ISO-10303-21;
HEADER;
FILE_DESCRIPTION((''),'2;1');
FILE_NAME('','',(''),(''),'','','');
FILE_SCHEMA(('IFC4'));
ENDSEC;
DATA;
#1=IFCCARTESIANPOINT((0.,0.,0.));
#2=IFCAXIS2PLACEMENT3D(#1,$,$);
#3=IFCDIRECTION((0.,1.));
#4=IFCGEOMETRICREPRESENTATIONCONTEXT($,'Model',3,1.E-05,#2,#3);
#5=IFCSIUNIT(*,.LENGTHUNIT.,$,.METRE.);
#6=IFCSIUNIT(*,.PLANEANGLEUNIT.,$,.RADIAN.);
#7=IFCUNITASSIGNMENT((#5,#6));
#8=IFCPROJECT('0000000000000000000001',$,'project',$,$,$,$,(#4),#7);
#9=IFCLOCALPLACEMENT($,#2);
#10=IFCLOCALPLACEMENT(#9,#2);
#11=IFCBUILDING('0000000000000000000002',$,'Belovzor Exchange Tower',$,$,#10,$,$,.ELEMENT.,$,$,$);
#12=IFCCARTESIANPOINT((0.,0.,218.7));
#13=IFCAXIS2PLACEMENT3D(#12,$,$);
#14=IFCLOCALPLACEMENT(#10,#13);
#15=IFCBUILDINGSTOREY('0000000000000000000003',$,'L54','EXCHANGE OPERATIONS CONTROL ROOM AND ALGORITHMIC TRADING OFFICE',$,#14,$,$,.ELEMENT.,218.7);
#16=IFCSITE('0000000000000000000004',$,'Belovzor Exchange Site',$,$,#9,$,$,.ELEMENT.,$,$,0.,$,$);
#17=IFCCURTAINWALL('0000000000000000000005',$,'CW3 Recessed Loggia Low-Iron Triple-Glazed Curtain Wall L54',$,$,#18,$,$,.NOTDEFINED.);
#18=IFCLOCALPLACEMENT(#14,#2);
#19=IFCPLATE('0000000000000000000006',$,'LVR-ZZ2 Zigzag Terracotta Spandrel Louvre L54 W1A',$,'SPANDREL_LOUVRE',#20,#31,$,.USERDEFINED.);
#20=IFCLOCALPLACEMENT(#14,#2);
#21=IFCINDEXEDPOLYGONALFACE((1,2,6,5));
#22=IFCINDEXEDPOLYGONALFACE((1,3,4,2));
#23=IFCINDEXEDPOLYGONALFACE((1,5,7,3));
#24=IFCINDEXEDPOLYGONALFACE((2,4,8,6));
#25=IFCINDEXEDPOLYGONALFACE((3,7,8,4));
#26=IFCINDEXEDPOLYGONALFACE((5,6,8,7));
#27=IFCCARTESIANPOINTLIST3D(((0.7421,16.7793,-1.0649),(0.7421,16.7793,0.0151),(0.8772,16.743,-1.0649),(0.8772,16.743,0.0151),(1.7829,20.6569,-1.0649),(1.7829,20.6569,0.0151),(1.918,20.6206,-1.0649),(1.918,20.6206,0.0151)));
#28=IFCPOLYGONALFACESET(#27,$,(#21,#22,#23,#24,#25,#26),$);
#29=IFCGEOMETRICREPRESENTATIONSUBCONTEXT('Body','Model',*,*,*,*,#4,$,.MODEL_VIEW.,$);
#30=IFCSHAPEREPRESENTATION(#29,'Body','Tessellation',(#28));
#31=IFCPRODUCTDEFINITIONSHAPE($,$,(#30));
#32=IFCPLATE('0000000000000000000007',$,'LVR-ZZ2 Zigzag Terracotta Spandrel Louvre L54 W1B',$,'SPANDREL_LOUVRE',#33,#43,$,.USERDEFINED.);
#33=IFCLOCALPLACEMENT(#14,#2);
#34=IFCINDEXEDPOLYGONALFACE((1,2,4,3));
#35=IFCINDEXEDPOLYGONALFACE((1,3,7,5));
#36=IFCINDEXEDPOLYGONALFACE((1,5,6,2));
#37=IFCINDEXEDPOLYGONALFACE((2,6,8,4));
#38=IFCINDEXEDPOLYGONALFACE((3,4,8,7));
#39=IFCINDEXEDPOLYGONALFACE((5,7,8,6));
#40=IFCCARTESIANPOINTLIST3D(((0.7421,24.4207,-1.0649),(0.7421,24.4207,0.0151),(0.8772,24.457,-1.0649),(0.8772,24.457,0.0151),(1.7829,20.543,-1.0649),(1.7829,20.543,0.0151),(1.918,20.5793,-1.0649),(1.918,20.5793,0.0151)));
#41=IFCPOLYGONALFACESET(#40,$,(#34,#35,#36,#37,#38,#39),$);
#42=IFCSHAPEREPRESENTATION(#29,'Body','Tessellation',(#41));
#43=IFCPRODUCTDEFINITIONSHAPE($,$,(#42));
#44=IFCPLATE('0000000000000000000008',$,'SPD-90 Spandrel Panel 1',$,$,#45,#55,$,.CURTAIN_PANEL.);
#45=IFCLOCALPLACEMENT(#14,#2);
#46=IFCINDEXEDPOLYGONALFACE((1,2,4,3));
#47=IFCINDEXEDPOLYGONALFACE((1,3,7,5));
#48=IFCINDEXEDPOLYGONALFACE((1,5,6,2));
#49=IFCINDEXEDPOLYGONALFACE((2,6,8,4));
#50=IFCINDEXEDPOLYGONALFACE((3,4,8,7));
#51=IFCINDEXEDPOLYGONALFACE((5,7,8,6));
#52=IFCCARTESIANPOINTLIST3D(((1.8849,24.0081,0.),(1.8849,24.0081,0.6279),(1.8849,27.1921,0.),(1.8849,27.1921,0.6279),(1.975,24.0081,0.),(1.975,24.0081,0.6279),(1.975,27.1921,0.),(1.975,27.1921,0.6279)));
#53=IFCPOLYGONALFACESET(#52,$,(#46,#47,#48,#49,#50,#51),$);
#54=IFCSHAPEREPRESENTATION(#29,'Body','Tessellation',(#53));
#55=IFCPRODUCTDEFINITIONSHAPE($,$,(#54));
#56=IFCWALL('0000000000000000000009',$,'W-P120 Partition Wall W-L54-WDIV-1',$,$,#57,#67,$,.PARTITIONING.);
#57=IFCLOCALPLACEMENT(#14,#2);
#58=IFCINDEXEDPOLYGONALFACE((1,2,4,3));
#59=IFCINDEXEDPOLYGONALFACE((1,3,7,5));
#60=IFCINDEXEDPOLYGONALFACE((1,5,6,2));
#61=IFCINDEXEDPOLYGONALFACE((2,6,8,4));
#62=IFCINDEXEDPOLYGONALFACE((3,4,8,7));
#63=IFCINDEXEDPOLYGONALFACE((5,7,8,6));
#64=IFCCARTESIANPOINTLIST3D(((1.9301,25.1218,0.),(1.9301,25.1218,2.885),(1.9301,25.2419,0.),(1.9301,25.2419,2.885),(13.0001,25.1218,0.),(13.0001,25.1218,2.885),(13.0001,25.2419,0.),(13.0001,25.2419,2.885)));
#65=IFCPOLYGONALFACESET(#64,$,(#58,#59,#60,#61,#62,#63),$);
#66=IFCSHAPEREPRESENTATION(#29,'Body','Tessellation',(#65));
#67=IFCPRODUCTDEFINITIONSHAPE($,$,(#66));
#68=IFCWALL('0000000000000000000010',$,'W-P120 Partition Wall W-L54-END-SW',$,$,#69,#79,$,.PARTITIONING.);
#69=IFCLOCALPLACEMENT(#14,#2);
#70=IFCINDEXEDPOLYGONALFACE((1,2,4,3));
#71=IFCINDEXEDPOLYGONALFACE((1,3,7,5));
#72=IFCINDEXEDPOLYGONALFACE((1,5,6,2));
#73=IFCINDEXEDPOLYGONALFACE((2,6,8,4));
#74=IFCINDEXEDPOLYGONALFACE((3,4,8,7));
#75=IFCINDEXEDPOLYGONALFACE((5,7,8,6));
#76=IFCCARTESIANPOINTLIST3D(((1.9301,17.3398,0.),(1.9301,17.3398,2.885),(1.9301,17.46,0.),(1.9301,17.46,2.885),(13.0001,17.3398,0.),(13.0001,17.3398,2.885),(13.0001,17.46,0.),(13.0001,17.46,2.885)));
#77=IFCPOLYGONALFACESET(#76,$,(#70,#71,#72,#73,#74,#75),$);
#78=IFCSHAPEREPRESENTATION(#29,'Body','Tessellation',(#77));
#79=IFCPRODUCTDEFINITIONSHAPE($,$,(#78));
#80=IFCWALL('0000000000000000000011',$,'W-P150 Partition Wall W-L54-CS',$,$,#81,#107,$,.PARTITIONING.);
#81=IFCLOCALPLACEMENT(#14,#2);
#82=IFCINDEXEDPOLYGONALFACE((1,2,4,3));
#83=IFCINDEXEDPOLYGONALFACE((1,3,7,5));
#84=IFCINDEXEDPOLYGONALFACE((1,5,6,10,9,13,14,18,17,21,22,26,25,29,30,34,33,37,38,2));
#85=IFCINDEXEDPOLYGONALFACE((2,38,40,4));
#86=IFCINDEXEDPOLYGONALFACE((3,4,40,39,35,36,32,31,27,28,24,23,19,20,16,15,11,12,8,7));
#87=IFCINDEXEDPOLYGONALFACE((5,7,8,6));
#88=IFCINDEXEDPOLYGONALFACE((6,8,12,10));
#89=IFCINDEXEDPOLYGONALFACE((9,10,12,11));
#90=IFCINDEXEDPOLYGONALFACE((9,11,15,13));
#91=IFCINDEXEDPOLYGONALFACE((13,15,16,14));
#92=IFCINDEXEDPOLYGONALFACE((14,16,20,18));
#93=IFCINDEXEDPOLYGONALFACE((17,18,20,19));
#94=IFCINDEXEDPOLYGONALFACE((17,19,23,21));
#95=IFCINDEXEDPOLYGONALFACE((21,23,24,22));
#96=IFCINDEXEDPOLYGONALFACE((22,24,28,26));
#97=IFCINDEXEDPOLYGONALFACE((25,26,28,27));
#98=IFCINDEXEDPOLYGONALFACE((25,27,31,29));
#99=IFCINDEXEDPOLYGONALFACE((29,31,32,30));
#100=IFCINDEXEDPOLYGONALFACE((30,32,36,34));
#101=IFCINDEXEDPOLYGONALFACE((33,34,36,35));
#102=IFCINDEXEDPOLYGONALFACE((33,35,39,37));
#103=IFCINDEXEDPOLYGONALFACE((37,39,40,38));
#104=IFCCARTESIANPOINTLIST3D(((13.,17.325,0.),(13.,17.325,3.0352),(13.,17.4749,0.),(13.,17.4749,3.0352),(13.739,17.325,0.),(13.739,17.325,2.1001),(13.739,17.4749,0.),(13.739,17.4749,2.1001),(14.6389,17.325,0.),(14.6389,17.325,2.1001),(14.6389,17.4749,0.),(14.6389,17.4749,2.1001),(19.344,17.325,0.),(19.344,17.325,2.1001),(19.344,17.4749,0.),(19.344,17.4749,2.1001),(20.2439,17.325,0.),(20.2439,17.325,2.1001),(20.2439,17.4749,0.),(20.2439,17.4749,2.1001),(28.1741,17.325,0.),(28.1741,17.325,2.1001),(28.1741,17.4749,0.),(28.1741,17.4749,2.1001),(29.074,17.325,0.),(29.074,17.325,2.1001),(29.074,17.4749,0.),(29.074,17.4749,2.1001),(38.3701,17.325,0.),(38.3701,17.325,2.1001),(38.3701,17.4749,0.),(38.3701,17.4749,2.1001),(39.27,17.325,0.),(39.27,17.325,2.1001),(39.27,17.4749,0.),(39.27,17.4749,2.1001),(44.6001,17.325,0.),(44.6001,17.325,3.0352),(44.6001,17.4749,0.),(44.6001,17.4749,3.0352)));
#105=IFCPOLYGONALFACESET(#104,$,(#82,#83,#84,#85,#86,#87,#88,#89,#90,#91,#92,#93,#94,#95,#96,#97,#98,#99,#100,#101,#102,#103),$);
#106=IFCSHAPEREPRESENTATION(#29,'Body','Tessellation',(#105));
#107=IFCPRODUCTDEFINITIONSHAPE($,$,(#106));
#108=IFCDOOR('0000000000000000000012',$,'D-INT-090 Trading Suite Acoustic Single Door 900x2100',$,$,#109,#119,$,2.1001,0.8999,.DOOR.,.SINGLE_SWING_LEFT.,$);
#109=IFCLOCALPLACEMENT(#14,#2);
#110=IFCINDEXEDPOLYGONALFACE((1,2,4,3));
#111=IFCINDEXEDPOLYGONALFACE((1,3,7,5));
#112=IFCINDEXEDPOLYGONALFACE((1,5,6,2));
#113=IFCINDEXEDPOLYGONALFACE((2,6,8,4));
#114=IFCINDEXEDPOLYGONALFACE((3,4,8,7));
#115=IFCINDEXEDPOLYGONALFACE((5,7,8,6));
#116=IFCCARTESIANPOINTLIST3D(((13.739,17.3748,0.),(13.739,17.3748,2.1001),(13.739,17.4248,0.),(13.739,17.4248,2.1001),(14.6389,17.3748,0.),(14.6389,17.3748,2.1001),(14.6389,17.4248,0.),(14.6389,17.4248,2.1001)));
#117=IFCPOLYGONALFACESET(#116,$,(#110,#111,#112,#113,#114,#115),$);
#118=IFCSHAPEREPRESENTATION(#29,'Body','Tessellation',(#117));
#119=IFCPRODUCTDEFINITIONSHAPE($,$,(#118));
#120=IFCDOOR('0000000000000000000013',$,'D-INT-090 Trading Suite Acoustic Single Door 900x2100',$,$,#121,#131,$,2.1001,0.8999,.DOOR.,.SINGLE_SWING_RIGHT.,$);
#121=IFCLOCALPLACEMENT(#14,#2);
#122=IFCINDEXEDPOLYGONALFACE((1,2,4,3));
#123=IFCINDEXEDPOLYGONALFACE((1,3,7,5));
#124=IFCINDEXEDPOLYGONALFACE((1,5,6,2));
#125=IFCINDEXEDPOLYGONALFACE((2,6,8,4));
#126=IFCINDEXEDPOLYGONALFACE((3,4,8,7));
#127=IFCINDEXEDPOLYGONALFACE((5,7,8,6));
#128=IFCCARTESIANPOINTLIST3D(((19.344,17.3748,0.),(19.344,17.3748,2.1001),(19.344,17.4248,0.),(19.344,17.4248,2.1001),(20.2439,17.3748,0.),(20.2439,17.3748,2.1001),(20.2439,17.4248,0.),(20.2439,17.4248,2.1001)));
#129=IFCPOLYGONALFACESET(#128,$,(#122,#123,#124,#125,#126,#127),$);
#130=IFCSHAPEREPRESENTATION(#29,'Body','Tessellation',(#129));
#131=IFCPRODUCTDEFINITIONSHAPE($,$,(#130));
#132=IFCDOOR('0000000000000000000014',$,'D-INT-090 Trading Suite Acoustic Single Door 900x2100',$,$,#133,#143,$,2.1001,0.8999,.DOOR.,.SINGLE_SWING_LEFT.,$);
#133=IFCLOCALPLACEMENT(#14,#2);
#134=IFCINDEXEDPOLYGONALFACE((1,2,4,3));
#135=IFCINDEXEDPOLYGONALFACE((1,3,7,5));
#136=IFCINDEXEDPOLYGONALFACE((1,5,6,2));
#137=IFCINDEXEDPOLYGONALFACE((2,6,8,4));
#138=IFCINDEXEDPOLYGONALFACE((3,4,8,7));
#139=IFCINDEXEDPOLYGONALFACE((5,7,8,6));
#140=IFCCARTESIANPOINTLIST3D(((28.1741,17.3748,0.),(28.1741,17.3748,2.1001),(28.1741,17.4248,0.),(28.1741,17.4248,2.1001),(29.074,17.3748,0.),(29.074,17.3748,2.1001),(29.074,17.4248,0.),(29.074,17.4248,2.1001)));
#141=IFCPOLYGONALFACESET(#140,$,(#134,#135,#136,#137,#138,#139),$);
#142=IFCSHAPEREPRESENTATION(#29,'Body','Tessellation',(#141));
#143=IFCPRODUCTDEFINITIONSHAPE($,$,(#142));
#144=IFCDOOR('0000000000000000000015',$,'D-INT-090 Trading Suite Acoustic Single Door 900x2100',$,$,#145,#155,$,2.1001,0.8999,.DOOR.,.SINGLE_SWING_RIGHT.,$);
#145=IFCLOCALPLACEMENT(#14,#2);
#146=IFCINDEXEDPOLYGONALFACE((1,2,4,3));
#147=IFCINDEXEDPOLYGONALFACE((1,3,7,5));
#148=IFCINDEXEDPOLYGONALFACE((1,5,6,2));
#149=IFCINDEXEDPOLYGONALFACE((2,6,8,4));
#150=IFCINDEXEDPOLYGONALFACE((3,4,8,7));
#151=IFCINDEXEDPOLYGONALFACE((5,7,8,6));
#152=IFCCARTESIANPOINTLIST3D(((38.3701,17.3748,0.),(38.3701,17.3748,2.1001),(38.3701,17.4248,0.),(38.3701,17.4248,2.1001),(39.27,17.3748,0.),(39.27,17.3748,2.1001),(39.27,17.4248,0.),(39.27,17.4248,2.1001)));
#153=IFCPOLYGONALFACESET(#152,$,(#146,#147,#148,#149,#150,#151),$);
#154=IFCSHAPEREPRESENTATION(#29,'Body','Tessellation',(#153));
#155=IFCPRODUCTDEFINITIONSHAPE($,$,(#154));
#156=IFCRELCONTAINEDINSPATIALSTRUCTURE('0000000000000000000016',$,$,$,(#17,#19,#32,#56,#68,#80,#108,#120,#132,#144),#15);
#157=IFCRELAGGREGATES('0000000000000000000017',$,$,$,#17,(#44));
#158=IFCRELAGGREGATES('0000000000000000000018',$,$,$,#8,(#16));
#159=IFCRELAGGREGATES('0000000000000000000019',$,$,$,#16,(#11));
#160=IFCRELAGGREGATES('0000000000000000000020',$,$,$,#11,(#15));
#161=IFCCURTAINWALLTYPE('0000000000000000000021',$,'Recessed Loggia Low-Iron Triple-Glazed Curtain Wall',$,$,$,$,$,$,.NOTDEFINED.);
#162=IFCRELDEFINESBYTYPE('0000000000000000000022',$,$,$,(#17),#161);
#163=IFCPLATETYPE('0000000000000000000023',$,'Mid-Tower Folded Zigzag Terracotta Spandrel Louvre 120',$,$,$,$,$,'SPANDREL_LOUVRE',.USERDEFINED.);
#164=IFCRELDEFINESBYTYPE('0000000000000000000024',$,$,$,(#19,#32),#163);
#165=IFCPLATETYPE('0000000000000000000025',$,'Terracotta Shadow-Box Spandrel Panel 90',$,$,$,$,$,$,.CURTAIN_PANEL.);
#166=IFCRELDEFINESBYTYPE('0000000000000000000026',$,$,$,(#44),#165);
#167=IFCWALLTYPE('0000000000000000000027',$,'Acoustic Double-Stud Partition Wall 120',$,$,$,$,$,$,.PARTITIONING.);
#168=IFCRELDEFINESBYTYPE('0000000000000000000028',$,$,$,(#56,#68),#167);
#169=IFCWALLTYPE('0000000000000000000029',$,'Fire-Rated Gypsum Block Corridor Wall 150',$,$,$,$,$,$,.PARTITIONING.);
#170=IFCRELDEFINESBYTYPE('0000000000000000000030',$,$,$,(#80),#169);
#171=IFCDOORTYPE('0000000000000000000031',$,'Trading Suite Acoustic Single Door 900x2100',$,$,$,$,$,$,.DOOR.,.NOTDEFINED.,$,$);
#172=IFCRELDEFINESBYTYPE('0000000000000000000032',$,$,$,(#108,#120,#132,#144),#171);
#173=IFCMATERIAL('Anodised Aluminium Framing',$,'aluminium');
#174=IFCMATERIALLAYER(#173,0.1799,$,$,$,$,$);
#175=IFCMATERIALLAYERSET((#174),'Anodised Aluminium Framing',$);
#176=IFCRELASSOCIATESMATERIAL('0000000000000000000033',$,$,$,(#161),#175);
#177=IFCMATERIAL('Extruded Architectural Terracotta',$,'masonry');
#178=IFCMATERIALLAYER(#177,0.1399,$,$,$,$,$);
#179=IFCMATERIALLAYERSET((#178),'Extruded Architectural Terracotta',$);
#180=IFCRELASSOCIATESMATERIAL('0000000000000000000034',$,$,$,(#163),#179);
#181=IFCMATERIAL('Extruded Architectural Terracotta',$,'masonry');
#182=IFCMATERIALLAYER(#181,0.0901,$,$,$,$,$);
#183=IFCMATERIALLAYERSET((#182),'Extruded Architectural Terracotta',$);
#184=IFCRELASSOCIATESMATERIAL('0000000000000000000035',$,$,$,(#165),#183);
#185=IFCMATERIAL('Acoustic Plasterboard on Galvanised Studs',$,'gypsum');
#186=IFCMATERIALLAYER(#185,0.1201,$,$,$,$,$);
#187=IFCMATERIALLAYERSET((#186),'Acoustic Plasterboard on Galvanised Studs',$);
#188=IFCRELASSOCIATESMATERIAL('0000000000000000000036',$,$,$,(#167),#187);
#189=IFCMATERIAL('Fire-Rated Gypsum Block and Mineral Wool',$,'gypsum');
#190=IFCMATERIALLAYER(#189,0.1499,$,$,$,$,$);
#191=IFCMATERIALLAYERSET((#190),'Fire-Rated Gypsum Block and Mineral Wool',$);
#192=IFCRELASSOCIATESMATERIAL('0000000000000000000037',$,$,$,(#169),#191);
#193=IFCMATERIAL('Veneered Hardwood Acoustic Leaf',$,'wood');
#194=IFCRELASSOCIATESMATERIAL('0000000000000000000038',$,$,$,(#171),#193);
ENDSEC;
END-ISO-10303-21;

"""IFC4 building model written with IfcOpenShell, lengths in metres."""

from ifc_helpers import new_model, si_unit, direction, frame, frame_2d, origin, origin_2d, place, context, subcontext, project, spatial, rectangle, extrude, material, layer, layer_set, type_object, element, fill, aggregate, save


model = new_model("IFC4")

# Units and contexts
model_context = context("Model", 3, precision=1e-05, world=origin(), true_north=direction((0.0, 1.0)))
body_context = subcontext(model_context, "Body", "Model", "MODEL_VIEW")
ifc_project = project(units=[si_unit("LENGTHUNIT", "METRE"), si_unit("PLANEANGLEUNIT", "RADIAN")], contexts=[model_context])

# Site, building, storey
site_placement = place(None, origin())
site = spatial("IfcSite", under=ifc_project, at=site_placement, Name="Belovzor Exchange Site", CompositionType="ELEMENT", RefElevation=0.0)
building_placement = place(site_placement, origin())
building = spatial("IfcBuilding", under=site, at=building_placement, Name="Belovzor Exchange Tower", CompositionType="ELEMENT")
storey_placement = place(building_placement, frame((0.0, 0.0, 218.7)))
storey = spatial("IfcBuildingStorey", under=building, at=storey_placement, Name="L54", Description="EXCHANGE OPERATIONS CONTROL ROOM AND ALGORITHMIC TRADING OFFICE", CompositionType="ELEMENT", Elevation=218.7)

# Curtain wall
ifc_material_1 = material(Name="Anodised Aluminium Framing", Category="aluminium")
ifc_layer_1 = layer(ifc_material_1, 0.1799)
ifc_layer_set_1 = layer_set([ifc_layer_1], Name="Anodised Aluminium Framing")
curtain_wall_type = type_object("IfcCurtainWallType", Name="Recessed Loggia Low-Iron Triple-Glazed Curtain Wall", PredefinedType="NOTDEFINED", material=ifc_layer_set_1)
curtain_wall_placement = place(storey_placement, origin())
curtain_wall = element("IfcCurtainWall", 1, at=curtain_wall_placement, inside=storey, type_object=curtain_wall_type, Name="CW3 Recessed Loggia Low-Iron Triple-Glazed Curtain Wall L54", PredefinedType="NOTDEFINED")

# Plates
ifc_material_2 = material(Name="Extruded Architectural Terracotta", Category="masonry")
ifc_layer_2 = layer(ifc_material_2, 0.1399)
ifc_layer_set_2 = layer_set([ifc_layer_2], Name="Extruded Architectural Terracotta")
plate_type_1 = type_object("IfcPlateType", Name="Mid-Tower Folded Zigzag Terracotta Spandrel Louvre 120", ElementType="SPANDREL_LOUVRE", PredefinedType="USERDEFINED", material=ifc_layer_set_2)
for number, where, z_axis, x_axis, name in (
    (2, (1.3301, 18.7, -1.0649), (0.0, 0.0, 1.0), (0.25924, 0.965813, 0.0), "LVR-ZZ2 Zigzag Terracotta Spandrel Louvre L54 W1A"),
    (3, (1.3301, 22.5, -1.0649), (0.0, 0.0, 1.0), (-0.25924, 0.965813, 0.0), "LVR-ZZ2 Zigzag Terracotta Spandrel Louvre L54 W1B"),
):
    element("IfcPlate", number, at=place(storey_placement, frame(where, z_axis=z_axis, x_axis=x_axis)), inside=storey, type_object=plate_type_1, Name=name, ObjectType="SPANDREL_LOUVRE", PredefinedType="USERDEFINED", context=body_context, shape_type="SweptSolid", body=[
        extrude(rectangle(XDim=4.0149, YDim=0.1399, at=origin_2d()), origin(), (0.0, 0.0, 1.0), 1.0801),
    ])

# Plate
ifc_material_3 = material(Name="Extruded Architectural Terracotta", Category="masonry")
ifc_layer_3 = layer(ifc_material_3, 0.0901)
ifc_layer_set_3 = layer_set([ifc_layer_3], Name="Extruded Architectural Terracotta")
plate_type_2 = type_object("IfcPlateType", Name="Terracotta Shadow-Box Spandrel Panel 90", PredefinedType="CURTAIN_PANEL", material=ifc_layer_set_3)
plate_1_placement = place(storey_placement, frame((1.9299, 25.6001, 0.0), z_axis=(0.0, 0.0, 1.0), x_axis=(0.0, 1.0, 0.0)))
plate_1 = element("IfcPlate", 4, at=plate_1_placement, type_object=plate_type_2, Name="SPD-90 Spandrel Panel 1", PredefinedType="CURTAIN_PANEL", context=body_context, shape_type="SweptSolid", body=[
    extrude(rectangle(XDim=3.1841, YDim=0.0901, at=origin_2d()), origin(), (0.0, 0.0, 1.0), 0.6279),
])
aggregate(curtain_wall, [plate_1])

# Walls
ifc_material_4 = material(Name="Acoustic Plasterboard on Galvanised Studs", Category="gypsum")
ifc_layer_4 = layer(ifc_material_4, 0.1201)
ifc_layer_set_4 = layer_set([ifc_layer_4], Name="Acoustic Plasterboard on Galvanised Studs")
wall_type_1 = type_object("IfcWallType", Name="Acoustic Double-Stud Partition Wall 120", PredefinedType="PARTITIONING", material=ifc_layer_set_4)
for number, where, z_axis, x_axis, name in (
    (5, (1.9299, 25.1819, 0.0), (0.0, 0.0, 1.0), (1.0, 0.0, 0.0), "W-P120 Partition Wall W-L54-WDIV-1"),
    (6, (1.9299, 17.3999, 0.0), (0.0, 0.0, 1.0), (1.0, 0.0, 0.0), "W-P120 Partition Wall W-L54-END-SW"),
):
    element("IfcWall", number, at=place(storey_placement, frame(where, z_axis=z_axis, x_axis=x_axis)), inside=storey, type_object=wall_type_1, Name=name, PredefinedType="PARTITIONING", context=body_context, shape_type="SweptSolid", body=[
        extrude(rectangle(XDim=11.0701, YDim=0.1201, at=frame_2d((5.5352, 0.0))), origin(), (0.0, 0.0, 1.0), 2.885),
    ])

# Wall, openings, doors
ifc_material_5 = material(Name="Fire-Rated Gypsum Block and Mineral Wool", Category="gypsum")
ifc_layer_5 = layer(ifc_material_5, 0.1499)
ifc_layer_set_5 = layer_set([ifc_layer_5], Name="Fire-Rated Gypsum Block and Mineral Wool")
wall_type_2 = type_object("IfcWallType", Name="Fire-Rated Gypsum Block Corridor Wall 150", PredefinedType="PARTITIONING", material=ifc_layer_set_5)
wall_1_placement = place(storey_placement, frame((13.0, 17.3999, 0.0), z_axis=(0.0, 0.0, 1.0), x_axis=(1.0, 0.0, 0.0)))
wall_1 = element("IfcWall", 7, at=wall_1_placement, inside=storey, type_object=wall_type_2, Name="W-P150 Partition Wall W-L54-CS", PredefinedType="PARTITIONING", context=body_context, shape_type="SweptSolid", body=[
    extrude(rectangle(XDim=31.6001, YDim=0.1499, at=frame_2d((15.8, 0.0))), origin(), (0.0, 0.0, 1.0), 3.0352),
])
opening_1_placement = place(wall_1_placement, frame((0.739, 0.0, 0.0)))
opening_1 = element("IfcOpeningElement", 8, at=opening_1_placement, cuts=wall_1, PredefinedType="OPENING", context=body_context, shape_type="SweptSolid", body=[
    extrude(rectangle(XDim=0.8999, YDim=2.1001, at=frame_2d((0.45, 1.05))), frame((0.0, 0.085, 0.0), z_axis=(0.0, -1.0, 0.0), x_axis=(1.0, 0.0, 0.0)), (0.0, 0.0, 1.0), 0.1699),
])
opening_2_placement = place(wall_1_placement, frame((6.344, 0.0, 0.0)))
opening_2 = element("IfcOpeningElement", 9, at=opening_2_placement, cuts=wall_1, PredefinedType="OPENING", context=body_context, shape_type="SweptSolid", body=[
    extrude(rectangle(XDim=0.8999, YDim=2.1001, at=frame_2d((0.45, 1.05))), frame((0.0, 0.085, 0.0), z_axis=(0.0, -1.0, 0.0), x_axis=(1.0, 0.0, 0.0)), (0.0, 0.0, 1.0), 0.1699),
])
opening_3_placement = place(wall_1_placement, frame((15.1741, 0.0, 0.0)))
opening_3 = element("IfcOpeningElement", 10, at=opening_3_placement, cuts=wall_1, PredefinedType="OPENING", context=body_context, shape_type="SweptSolid", body=[
    extrude(rectangle(XDim=0.8999, YDim=2.1001, at=frame_2d((0.45, 1.05))), frame((0.0, 0.085, 0.0), z_axis=(0.0, -1.0, 0.0), x_axis=(1.0, 0.0, 0.0)), (0.0, 0.0, 1.0), 0.1699),
])
opening_4_placement = place(wall_1_placement, frame((25.3701, 0.0, 0.0)))
opening_4 = element("IfcOpeningElement", 11, at=opening_4_placement, cuts=wall_1, PredefinedType="OPENING", context=body_context, shape_type="SweptSolid", body=[
    extrude(rectangle(XDim=0.8999, YDim=2.1001, at=frame_2d((0.45, 1.05))), frame((0.0, 0.085, 0.0), z_axis=(0.0, -1.0, 0.0), x_axis=(1.0, 0.0, 0.0)), (0.0, 0.0, 1.0), 0.1699),
])
ifc_material_6 = material(Name="Veneered Hardwood Acoustic Leaf", Category="wood")
door_type = type_object("IfcDoorType", Name="Trading Suite Acoustic Single Door 900x2100", OperationType="NOTDEFINED", PredefinedType="DOOR", material=ifc_material_6)
door_1_placement = place(opening_1_placement, origin())
door_1 = element("IfcDoor", 12, at=door_1_placement, inside=storey, type_object=door_type, Name="D-INT-090 Trading Suite Acoustic Single Door 900x2100", OperationType="SINGLE_SWING_LEFT", OverallHeight=2.1001, OverallWidth=0.8999, PredefinedType="DOOR", context=body_context, shape_type="SweptSolid", body=[
    extrude(rectangle(XDim=0.8999, YDim=2.1001, at=frame_2d((0.45, 1.05))), frame((0.0, 0.0249, 0.0), z_axis=(0.0, -1.0, 0.0), x_axis=(1.0, 0.0, 0.0)), (0.0, 0.0, 1.0), 0.05),
])
fill(opening_1, door_1)
door_2_placement = place(opening_2_placement, origin())
door_2 = element("IfcDoor", 13, at=door_2_placement, inside=storey, type_object=door_type, Name="D-INT-090 Trading Suite Acoustic Single Door 900x2100", OperationType="SINGLE_SWING_RIGHT", OverallHeight=2.1001, OverallWidth=0.8999, PredefinedType="DOOR", context=body_context, shape_type="SweptSolid", body=[
    extrude(rectangle(XDim=0.8999, YDim=2.1001, at=frame_2d((0.45, 1.05))), frame((0.0, 0.0249, 0.0), z_axis=(0.0, -1.0, 0.0), x_axis=(1.0, 0.0, 0.0)), (0.0, 0.0, 1.0), 0.05),
])
fill(opening_2, door_2)
door_3_placement = place(opening_3_placement, origin())
door_3 = element("IfcDoor", 14, at=door_3_placement, inside=storey, type_object=door_type, Name="D-INT-090 Trading Suite Acoustic Single Door 900x2100", OperationType="SINGLE_SWING_LEFT", OverallHeight=2.1001, OverallWidth=0.8999, PredefinedType="DOOR", context=body_context, shape_type="SweptSolid", body=[
    extrude(rectangle(XDim=0.8999, YDim=2.1001, at=frame_2d((0.45, 1.05))), frame((0.0, 0.0249, 0.0), z_axis=(0.0, -1.0, 0.0), x_axis=(1.0, 0.0, 0.0)), (0.0, 0.0, 1.0), 0.05),
])
fill(opening_3, door_3)
door_4_placement = place(opening_4_placement, origin())
door_4 = element("IfcDoor", 15, at=door_4_placement, inside=storey, type_object=door_type, Name="D-INT-090 Trading Suite Acoustic Single Door 900x2100", OperationType="SINGLE_SWING_RIGHT", OverallHeight=2.1001, OverallWidth=0.8999, PredefinedType="DOOR", context=body_context, shape_type="SweptSolid", body=[
    extrude(rectangle(XDim=0.8999, YDim=2.1001, at=frame_2d((0.45, 1.05))), frame((0.0, 0.0249, 0.0), z_axis=(0.0, -1.0, 0.0), x_axis=(1.0, 0.0, 0.0)), (0.0, 0.0, 1.0), 0.05),
])
fill(opening_4, door_4)

save(model, "model.ifc")
